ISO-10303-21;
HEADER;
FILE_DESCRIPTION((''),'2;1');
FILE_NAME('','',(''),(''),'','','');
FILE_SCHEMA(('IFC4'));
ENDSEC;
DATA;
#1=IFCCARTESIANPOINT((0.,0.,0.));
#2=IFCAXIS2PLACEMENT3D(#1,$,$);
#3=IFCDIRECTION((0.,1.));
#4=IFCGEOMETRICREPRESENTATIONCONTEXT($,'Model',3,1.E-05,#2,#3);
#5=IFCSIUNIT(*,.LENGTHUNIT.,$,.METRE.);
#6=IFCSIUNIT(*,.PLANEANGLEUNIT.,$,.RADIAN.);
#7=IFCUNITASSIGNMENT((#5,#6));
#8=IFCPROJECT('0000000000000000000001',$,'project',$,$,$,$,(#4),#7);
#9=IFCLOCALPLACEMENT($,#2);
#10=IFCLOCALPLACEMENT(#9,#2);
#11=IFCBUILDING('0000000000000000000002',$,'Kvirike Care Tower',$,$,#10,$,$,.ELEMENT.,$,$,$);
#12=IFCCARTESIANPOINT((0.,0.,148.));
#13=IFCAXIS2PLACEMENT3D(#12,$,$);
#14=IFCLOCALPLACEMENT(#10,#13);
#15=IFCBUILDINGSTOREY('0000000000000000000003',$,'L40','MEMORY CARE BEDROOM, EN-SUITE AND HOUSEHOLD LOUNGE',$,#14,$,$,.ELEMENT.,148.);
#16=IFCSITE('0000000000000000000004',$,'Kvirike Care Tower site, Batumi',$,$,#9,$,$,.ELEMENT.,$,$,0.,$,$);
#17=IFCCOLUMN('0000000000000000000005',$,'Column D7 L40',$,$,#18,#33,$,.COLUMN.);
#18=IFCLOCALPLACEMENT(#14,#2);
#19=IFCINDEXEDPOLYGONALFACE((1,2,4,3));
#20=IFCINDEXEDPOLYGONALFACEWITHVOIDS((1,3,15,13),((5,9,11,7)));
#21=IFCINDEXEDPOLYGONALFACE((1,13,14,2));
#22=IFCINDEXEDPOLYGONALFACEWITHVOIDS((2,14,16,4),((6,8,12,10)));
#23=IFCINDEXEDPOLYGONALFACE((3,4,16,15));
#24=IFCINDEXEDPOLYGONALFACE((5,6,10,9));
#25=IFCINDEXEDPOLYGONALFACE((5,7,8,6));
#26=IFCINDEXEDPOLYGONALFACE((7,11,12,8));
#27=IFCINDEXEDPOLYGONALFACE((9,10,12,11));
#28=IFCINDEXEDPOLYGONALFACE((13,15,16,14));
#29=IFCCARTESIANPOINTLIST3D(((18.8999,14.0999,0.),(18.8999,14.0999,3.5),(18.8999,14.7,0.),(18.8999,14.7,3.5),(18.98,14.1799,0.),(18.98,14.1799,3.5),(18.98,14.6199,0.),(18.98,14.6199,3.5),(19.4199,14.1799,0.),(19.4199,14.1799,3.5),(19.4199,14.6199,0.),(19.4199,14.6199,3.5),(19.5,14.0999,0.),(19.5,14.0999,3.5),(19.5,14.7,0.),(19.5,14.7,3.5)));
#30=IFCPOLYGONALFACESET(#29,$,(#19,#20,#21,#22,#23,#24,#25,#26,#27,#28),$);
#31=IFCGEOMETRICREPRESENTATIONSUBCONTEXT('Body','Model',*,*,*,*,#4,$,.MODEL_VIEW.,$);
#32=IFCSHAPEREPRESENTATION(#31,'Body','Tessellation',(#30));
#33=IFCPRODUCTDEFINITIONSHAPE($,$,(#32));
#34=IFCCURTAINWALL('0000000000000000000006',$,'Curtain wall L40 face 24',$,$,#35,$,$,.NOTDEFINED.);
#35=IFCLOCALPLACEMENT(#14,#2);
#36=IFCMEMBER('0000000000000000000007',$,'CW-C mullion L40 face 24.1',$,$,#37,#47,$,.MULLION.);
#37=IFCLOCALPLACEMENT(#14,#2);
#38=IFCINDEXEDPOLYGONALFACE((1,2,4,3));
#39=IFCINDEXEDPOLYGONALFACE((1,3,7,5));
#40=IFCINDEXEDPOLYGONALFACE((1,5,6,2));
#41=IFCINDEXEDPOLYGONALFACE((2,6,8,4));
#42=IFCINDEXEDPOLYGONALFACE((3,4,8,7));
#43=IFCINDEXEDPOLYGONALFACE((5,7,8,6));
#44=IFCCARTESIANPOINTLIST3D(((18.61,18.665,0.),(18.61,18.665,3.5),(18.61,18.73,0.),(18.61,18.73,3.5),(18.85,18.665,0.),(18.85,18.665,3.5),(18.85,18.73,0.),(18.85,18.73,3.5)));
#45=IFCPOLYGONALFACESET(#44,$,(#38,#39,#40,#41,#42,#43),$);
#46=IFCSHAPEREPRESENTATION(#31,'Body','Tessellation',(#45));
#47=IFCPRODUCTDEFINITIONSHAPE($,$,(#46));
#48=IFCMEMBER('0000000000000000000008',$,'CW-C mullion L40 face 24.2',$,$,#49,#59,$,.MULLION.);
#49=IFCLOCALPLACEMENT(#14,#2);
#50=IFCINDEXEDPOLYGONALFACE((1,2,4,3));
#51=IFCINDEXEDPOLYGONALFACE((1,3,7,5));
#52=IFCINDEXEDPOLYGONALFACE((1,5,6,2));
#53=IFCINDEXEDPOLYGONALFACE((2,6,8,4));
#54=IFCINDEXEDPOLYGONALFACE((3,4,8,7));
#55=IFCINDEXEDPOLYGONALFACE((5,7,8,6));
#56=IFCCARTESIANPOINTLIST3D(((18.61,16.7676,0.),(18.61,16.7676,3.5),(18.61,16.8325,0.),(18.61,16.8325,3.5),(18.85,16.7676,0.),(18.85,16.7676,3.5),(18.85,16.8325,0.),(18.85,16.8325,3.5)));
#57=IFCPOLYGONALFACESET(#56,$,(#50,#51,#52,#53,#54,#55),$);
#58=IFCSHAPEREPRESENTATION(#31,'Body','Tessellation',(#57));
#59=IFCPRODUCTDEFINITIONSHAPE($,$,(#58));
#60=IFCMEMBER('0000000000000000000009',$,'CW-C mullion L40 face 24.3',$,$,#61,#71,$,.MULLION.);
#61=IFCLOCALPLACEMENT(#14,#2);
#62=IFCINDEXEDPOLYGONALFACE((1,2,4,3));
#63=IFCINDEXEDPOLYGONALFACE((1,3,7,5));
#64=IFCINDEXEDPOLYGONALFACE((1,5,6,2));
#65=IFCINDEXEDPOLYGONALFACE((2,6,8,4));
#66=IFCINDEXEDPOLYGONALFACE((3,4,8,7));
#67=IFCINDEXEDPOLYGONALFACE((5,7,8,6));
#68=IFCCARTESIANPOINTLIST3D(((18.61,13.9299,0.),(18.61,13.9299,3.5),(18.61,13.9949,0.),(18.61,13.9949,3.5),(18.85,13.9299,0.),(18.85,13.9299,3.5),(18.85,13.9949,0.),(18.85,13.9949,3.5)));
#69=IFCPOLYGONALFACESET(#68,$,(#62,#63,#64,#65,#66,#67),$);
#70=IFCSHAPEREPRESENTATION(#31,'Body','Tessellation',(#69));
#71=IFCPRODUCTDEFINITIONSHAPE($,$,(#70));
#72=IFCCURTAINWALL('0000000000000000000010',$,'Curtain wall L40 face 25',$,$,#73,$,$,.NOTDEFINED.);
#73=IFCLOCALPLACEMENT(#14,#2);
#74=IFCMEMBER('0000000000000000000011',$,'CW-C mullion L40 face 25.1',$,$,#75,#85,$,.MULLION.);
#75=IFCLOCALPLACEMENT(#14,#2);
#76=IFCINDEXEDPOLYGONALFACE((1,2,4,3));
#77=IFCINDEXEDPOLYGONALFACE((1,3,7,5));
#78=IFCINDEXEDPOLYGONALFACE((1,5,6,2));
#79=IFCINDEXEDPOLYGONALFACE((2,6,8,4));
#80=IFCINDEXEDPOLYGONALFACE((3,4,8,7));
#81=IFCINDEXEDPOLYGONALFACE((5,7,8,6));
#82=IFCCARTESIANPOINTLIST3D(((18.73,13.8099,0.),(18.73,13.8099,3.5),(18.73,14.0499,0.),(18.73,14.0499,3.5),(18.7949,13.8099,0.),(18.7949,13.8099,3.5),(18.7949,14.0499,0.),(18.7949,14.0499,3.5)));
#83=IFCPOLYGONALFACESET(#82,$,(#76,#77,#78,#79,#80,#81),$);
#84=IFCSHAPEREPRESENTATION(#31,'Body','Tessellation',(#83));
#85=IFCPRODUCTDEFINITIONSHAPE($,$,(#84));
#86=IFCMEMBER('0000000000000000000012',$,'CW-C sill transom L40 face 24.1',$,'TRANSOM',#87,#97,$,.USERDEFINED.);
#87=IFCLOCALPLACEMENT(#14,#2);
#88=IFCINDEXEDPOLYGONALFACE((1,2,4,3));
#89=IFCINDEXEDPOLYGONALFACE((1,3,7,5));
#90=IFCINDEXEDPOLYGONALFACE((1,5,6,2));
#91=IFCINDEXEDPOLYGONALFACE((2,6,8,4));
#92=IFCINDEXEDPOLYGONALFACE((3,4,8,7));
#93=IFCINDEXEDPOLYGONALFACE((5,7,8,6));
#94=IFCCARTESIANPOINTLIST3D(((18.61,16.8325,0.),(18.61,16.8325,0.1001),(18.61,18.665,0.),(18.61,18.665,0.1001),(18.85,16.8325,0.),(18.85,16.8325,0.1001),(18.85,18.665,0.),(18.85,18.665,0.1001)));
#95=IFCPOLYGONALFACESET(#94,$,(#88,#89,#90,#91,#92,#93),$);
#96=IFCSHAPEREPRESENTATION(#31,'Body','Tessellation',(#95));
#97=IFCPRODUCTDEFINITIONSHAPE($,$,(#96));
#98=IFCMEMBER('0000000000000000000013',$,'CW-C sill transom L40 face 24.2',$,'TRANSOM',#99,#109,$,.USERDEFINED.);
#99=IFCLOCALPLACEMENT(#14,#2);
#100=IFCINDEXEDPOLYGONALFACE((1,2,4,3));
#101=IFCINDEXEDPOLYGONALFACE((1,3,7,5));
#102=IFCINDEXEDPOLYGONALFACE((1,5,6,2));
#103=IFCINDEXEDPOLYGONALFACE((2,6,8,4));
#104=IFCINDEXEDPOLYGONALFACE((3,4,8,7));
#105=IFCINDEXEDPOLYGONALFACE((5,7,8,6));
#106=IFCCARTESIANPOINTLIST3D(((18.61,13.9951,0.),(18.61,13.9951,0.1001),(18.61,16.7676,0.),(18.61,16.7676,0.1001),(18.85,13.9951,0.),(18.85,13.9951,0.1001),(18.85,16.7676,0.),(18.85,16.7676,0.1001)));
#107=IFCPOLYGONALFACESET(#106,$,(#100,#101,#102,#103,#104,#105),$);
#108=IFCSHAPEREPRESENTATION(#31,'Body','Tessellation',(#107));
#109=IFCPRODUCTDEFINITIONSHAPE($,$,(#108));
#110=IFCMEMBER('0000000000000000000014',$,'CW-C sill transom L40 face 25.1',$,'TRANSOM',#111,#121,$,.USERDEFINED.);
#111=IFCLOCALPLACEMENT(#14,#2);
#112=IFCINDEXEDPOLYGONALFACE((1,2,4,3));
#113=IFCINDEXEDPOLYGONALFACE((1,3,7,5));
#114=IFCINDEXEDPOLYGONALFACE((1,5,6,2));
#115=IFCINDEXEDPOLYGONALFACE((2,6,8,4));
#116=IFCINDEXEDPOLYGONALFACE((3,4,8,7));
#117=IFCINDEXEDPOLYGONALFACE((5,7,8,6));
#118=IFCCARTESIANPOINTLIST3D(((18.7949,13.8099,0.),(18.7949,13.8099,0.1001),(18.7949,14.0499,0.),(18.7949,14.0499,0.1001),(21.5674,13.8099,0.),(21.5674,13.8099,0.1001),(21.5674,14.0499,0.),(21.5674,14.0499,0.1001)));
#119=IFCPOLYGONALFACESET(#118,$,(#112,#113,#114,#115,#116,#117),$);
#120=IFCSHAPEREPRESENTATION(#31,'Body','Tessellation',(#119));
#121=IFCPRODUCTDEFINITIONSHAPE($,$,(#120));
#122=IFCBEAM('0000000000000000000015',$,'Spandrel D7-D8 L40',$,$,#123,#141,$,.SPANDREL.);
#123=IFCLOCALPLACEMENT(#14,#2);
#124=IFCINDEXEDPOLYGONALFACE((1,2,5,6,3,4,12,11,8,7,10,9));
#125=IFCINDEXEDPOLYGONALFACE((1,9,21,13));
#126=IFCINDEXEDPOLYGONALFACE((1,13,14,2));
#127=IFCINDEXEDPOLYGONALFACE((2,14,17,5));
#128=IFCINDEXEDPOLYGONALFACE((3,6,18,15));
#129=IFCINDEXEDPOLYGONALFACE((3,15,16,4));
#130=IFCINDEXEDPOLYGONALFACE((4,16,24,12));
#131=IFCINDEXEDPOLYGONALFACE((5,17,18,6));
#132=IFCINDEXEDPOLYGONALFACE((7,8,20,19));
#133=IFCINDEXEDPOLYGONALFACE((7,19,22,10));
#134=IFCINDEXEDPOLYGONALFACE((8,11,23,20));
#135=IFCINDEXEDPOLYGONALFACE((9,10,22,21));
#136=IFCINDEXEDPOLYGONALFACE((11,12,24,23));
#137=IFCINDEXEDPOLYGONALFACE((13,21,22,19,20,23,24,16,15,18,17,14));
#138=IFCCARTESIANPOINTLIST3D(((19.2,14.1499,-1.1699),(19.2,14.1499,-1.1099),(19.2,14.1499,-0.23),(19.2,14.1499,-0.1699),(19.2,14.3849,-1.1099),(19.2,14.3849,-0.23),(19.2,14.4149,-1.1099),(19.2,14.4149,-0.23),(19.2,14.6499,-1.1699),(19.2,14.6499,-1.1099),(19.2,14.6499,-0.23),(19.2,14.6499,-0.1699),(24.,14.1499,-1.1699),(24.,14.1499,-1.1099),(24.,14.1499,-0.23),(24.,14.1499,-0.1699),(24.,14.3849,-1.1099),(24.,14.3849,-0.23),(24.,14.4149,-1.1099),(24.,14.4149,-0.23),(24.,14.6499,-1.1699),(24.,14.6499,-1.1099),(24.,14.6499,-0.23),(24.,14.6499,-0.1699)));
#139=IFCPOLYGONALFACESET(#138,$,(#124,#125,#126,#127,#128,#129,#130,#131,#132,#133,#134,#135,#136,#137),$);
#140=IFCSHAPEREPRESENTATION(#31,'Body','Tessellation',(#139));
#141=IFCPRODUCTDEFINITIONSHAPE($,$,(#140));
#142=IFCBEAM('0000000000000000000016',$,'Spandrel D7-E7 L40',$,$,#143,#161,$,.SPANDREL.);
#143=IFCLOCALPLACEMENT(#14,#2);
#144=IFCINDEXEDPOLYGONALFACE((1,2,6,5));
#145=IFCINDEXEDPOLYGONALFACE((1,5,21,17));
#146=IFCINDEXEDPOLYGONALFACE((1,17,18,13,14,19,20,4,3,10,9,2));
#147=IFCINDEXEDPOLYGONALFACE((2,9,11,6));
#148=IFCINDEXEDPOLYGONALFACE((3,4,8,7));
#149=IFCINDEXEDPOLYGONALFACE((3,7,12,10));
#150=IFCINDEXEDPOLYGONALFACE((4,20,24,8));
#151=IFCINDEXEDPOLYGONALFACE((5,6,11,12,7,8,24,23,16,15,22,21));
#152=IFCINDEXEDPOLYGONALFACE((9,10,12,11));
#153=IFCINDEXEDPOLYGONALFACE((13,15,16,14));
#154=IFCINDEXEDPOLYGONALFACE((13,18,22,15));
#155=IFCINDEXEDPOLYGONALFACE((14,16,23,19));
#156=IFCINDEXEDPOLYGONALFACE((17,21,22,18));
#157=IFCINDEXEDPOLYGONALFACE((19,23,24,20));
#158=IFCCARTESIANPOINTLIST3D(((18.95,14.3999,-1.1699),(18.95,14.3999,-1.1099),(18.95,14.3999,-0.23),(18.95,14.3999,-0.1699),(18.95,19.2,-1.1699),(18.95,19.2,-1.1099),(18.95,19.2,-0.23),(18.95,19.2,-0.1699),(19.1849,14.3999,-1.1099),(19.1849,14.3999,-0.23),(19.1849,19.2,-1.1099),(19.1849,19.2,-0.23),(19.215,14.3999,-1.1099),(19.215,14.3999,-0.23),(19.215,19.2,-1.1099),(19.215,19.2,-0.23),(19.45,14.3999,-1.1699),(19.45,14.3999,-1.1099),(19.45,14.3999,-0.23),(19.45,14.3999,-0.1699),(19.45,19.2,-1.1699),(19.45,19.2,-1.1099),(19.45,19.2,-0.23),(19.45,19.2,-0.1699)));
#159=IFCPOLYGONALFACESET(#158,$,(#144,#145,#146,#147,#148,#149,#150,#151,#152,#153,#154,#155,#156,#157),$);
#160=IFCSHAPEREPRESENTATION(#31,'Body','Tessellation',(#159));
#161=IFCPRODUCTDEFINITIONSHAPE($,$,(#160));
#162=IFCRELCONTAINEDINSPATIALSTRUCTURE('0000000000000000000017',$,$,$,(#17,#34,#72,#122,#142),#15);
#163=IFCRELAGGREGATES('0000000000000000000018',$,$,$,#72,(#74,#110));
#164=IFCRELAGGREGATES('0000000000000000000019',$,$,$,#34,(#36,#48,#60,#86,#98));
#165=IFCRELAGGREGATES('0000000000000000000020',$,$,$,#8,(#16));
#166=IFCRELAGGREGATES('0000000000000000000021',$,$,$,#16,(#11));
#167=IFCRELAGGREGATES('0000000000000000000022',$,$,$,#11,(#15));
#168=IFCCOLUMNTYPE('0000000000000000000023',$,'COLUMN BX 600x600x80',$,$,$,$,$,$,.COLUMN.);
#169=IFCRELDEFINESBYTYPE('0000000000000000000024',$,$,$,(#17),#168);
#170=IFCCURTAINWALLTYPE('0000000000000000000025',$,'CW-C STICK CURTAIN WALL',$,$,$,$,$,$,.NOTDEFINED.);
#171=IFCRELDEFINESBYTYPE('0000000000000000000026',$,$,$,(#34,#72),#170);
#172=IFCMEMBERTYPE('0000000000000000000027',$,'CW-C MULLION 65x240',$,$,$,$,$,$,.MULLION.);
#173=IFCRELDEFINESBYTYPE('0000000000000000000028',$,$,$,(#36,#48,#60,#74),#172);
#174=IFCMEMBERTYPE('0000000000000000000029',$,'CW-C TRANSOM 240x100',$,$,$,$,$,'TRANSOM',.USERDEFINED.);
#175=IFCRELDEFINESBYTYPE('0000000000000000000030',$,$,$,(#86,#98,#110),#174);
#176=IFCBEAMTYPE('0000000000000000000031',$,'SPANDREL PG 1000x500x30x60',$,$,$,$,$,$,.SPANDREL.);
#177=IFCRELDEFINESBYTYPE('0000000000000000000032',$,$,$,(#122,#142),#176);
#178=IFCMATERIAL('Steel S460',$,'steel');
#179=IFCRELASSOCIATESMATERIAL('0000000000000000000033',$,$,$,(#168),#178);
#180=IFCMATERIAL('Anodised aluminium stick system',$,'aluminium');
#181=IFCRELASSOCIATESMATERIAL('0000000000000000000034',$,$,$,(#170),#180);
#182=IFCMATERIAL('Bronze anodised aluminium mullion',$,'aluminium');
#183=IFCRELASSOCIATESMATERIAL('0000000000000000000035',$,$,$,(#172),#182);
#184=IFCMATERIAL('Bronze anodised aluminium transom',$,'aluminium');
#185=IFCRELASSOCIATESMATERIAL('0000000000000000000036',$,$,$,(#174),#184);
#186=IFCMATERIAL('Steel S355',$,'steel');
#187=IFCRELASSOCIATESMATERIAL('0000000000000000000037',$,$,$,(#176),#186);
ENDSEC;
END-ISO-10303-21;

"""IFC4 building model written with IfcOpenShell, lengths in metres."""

from ifc_helpers import new_model, si_unit, direction, frame, origin, origin_2d, place, context, subcontext, project, spatial, rectangle, hollow_rectangle, i_section, extrude, material, material_profile, profile_set, type_object, element, aggregate, save


model = new_model("IFC4")

# Units and contexts
model_context = context("Model", 3, precision=1e-05, world=origin(), true_north=direction((0.0, 1.0)))
body_context = subcontext(model_context, "Body", "Model", "MODEL_VIEW")
ifc_project = project(units=[si_unit("LENGTHUNIT", "METRE"), si_unit("PLANEANGLEUNIT", "RADIAN")], contexts=[model_context])

# Site, building, storey
site_placement = place(None, origin())
site = spatial("IfcSite", under=ifc_project, at=site_placement, Name="Kvirike Care Tower site, Batumi", CompositionType="ELEMENT", RefElevation=0.0)
building_placement = place(site_placement, origin())
building = spatial("IfcBuilding", under=site, at=building_placement, Name="Kvirike Care Tower", CompositionType="ELEMENT")
storey_placement = place(building_placement, frame((0.0, 0.0, 148.0)))
storey = spatial("IfcBuildingStorey", under=building, at=storey_placement, Name="L40", Description="MEMORY CARE BEDROOM, EN-SUITE AND HOUSEHOLD LOUNGE", CompositionType="ELEMENT", Elevation=148.0)

# Column
ifc_material_1 = material(Name="Steel S460", Category="steel")
ifc_material_profile_1 = material_profile(ifc_material_1, hollow_rectangle(XDim=0.6001, YDim=0.6001, WallThickness=0.0801, at=origin_2d()), Name="BX 600x600x80")
ifc_profile_set_1 = profile_set([ifc_material_profile_1], Name="Steel S460")
column_type = type_object("IfcColumnType", Name="COLUMN BX 600x600x80", PredefinedType="COLUMN", material=ifc_profile_set_1)
column_placement = place(storey_placement, frame((19.2, 14.3999, 0.0), z_axis=(0.0, 0.0, 1.0), x_axis=(0.0, 1.0, 0.0)))
element("IfcColumn", 1, at=column_placement, inside=storey, type_object=column_type, Name="Column D7 L40", PredefinedType="COLUMN", context=body_context, shape_type="SweptSolid", body=[
    extrude(hollow_rectangle(XDim=0.6001, YDim=0.6001, WallThickness=0.0801, at=origin_2d()), origin(), (0.0, 0.0, 1.0), 3.5),
])

# Curtain wall, members
ifc_material_2 = material(Name="Anodised aluminium stick system", Category="aluminium")
curtain_wall_type = type_object("IfcCurtainWallType", Name="CW-C STICK CURTAIN WALL", PredefinedType="NOTDEFINED", material=ifc_material_2)
curtain_wall_1_placement = place(storey_placement, origin())
curtain_wall_1 = element("IfcCurtainWall", 2, at=curtain_wall_1_placement, inside=storey, type_object=curtain_wall_type, Name="Curtain wall L40 face 24", PredefinedType="NOTDEFINED")
ifc_material_3 = material(Name="Bronze anodised aluminium mullion", Category="aluminium")
ifc_material_profile_2 = material_profile(ifc_material_3, rectangle(XDim=0.0649, YDim=0.24, at=origin_2d()), Name="CW-C MULLION 65x240")
ifc_profile_set_2 = profile_set([ifc_material_profile_2], Name="Bronze anodised aluminium mullion")
member_type_1 = type_object("IfcMemberType", Name="CW-C MULLION 65x240", PredefinedType="MULLION", material=ifc_profile_set_2)
member_1_placement = place(storey_placement, frame((18.73, 18.6975, 0.0), z_axis=(0.0, 0.0, 1.0), x_axis=(0.0, -1.0, 0.0)))
member_1 = element("IfcMember", 3, at=member_1_placement, type_object=member_type_1, Name="CW-C mullion L40 face 24.1", PredefinedType="MULLION", context=body_context, shape_type="SweptSolid", body=[
    extrude(rectangle(XDim=0.0649, YDim=0.24, at=origin_2d()), origin(), (0.0, 0.0, 1.0), 3.5),
])
member_2_placement = place(storey_placement, frame((18.73, 16.8, 0.0), z_axis=(0.0, 0.0, 1.0), x_axis=(0.0, -1.0, 0.0)))
member_2 = element("IfcMember", 4, at=member_2_placement, type_object=member_type_1, Name="CW-C mullion L40 face 24.2", PredefinedType="MULLION", context=body_context, shape_type="SweptSolid", body=[
    extrude(rectangle(XDim=0.0649, YDim=0.24, at=origin_2d()), origin(), (0.0, 0.0, 1.0), 3.5),
])
member_3_placement = place(storey_placement, frame((18.73, 13.9624, 0.0), z_axis=(0.0, 0.0, 1.0), x_axis=(0.0, -1.0, 0.0)))
member_3 = element("IfcMember", 5, at=member_3_placement, type_object=member_type_1, Name="CW-C mullion L40 face 24.3", PredefinedType="MULLION", context=body_context, shape_type="SweptSolid", body=[
    extrude(rectangle(XDim=0.0649, YDim=0.24, at=origin_2d()), origin(), (0.0, 0.0, 1.0), 3.5),
])

# Curtain wall, member
curtain_wall_2_placement = place(storey_placement, origin())
curtain_wall_2 = element("IfcCurtainWall", 6, at=curtain_wall_2_placement, inside=storey, type_object=curtain_wall_type, Name="Curtain wall L40 face 25", PredefinedType="NOTDEFINED")
member_4_placement = place(storey_placement, frame((18.7625, 13.9299, 0.0), z_axis=(0.0, 0.0, 1.0), x_axis=(1.0, 0.0, 0.0)))
member_4 = element("IfcMember", 7, at=member_4_placement, type_object=member_type_1, Name="CW-C mullion L40 face 25.1", PredefinedType="MULLION", context=body_context, shape_type="SweptSolid", body=[
    extrude(rectangle(XDim=0.0649, YDim=0.24, at=origin_2d()), origin(), (0.0, 0.0, 1.0), 3.5),
])

# Members
ifc_material_4 = material(Name="Bronze anodised aluminium transom", Category="aluminium")
ifc_material_profile_3 = material_profile(ifc_material_4, rectangle(XDim=0.24, YDim=0.1001, at=origin_2d()), Name="CW-C TRANSOM 240x100")
ifc_profile_set_3 = profile_set([ifc_material_profile_3], Name="Bronze anodised aluminium transom")
member_type_2 = type_object("IfcMemberType", Name="CW-C TRANSOM 240x100", ElementType="TRANSOM", PredefinedType="USERDEFINED", material=ifc_profile_set_3)
member_5_placement = place(storey_placement, frame((18.73, 18.665, 0.05), z_axis=(0.0, -1.0, 0.0), x_axis=(1.0, 0.0, 0.0)))
member_5 = element("IfcMember", 8, at=member_5_placement, type_object=member_type_2, Name="CW-C sill transom L40 face 24.1", ObjectType="TRANSOM", PredefinedType="USERDEFINED", context=body_context, shape_type="SweptSolid", body=[
    extrude(rectangle(XDim=0.24, YDim=0.1001, at=origin_2d()), origin(), (0.0, 0.0, 1.0), 1.8325),
])
member_6_placement = place(storey_placement, frame((18.73, 16.7676, 0.05), z_axis=(0.0, -1.0, 0.0), x_axis=(1.0, 0.0, 0.0)))
member_6 = element("IfcMember", 9, at=member_6_placement, type_object=member_type_2, Name="CW-C sill transom L40 face 24.2", ObjectType="TRANSOM", PredefinedType="USERDEFINED", context=body_context, shape_type="SweptSolid", body=[
    extrude(rectangle(XDim=0.24, YDim=0.1001, at=origin_2d()), origin(), (0.0, 0.0, 1.0), 2.7725),
])
member_7_placement = place(storey_placement, frame((18.7949, 13.9299, 0.05), z_axis=(1.0, 0.0, 0.0), x_axis=(0.0, 1.0, 0.0)))
member_7 = element("IfcMember", 10, at=member_7_placement, type_object=member_type_2, Name="CW-C sill transom L40 face 25.1", ObjectType="TRANSOM", PredefinedType="USERDEFINED", context=body_context, shape_type="SweptSolid", body=[
    extrude(rectangle(XDim=0.24, YDim=0.1001, at=origin_2d()), origin(), (0.0, 0.0, 1.0), 2.7725),
])
aggregate(curtain_wall_2, [member_4, member_7])

# Beams
ifc_material_5 = material(Name="Steel S355", Category="steel")
ifc_material_profile_4 = material_profile(ifc_material_5, i_section(OverallWidth=0.5, OverallDepth=1.0, WebThickness=0.03, FlangeThickness=0.0601, at=origin_2d()), Name="PG 1000x500x30x60")
ifc_profile_set_4 = profile_set([ifc_material_profile_4], Name="Steel S355")
beam_type = type_object("IfcBeamType", Name="SPANDREL PG 1000x500x30x60", PredefinedType="SPANDREL", material=ifc_profile_set_4)
for number, where, z_axis, x_axis, name in (
    (11, (19.2, 14.3999, -0.6699), (1.0, 0.0, 0.0), (0.0, 1.0, 0.0), "Spandrel D7-D8 L40"),
    (12, (19.2, 14.3999, -0.6699), (0.0, 1.0, 0.0), (-1.0, 0.0, 0.0), "Spandrel D7-E7 L40"),
):
    element("IfcBeam", number, at=place(storey_placement, frame(where, z_axis=z_axis, x_axis=x_axis)), inside=storey, type_object=beam_type, Name=name, PredefinedType="SPANDREL", context=body_context, shape_type="SweptSolid", body=[
        extrude(i_section(OverallWidth=0.5, OverallDepth=1.0, WebThickness=0.03, FlangeThickness=0.0601, at=origin_2d()), origin(), (0.0, 0.0, 1.0), 4.8),
    ])

aggregate(curtain_wall_1, [member_1, member_2, member_3, member_5, member_6])

save(model, "model.ifc")
